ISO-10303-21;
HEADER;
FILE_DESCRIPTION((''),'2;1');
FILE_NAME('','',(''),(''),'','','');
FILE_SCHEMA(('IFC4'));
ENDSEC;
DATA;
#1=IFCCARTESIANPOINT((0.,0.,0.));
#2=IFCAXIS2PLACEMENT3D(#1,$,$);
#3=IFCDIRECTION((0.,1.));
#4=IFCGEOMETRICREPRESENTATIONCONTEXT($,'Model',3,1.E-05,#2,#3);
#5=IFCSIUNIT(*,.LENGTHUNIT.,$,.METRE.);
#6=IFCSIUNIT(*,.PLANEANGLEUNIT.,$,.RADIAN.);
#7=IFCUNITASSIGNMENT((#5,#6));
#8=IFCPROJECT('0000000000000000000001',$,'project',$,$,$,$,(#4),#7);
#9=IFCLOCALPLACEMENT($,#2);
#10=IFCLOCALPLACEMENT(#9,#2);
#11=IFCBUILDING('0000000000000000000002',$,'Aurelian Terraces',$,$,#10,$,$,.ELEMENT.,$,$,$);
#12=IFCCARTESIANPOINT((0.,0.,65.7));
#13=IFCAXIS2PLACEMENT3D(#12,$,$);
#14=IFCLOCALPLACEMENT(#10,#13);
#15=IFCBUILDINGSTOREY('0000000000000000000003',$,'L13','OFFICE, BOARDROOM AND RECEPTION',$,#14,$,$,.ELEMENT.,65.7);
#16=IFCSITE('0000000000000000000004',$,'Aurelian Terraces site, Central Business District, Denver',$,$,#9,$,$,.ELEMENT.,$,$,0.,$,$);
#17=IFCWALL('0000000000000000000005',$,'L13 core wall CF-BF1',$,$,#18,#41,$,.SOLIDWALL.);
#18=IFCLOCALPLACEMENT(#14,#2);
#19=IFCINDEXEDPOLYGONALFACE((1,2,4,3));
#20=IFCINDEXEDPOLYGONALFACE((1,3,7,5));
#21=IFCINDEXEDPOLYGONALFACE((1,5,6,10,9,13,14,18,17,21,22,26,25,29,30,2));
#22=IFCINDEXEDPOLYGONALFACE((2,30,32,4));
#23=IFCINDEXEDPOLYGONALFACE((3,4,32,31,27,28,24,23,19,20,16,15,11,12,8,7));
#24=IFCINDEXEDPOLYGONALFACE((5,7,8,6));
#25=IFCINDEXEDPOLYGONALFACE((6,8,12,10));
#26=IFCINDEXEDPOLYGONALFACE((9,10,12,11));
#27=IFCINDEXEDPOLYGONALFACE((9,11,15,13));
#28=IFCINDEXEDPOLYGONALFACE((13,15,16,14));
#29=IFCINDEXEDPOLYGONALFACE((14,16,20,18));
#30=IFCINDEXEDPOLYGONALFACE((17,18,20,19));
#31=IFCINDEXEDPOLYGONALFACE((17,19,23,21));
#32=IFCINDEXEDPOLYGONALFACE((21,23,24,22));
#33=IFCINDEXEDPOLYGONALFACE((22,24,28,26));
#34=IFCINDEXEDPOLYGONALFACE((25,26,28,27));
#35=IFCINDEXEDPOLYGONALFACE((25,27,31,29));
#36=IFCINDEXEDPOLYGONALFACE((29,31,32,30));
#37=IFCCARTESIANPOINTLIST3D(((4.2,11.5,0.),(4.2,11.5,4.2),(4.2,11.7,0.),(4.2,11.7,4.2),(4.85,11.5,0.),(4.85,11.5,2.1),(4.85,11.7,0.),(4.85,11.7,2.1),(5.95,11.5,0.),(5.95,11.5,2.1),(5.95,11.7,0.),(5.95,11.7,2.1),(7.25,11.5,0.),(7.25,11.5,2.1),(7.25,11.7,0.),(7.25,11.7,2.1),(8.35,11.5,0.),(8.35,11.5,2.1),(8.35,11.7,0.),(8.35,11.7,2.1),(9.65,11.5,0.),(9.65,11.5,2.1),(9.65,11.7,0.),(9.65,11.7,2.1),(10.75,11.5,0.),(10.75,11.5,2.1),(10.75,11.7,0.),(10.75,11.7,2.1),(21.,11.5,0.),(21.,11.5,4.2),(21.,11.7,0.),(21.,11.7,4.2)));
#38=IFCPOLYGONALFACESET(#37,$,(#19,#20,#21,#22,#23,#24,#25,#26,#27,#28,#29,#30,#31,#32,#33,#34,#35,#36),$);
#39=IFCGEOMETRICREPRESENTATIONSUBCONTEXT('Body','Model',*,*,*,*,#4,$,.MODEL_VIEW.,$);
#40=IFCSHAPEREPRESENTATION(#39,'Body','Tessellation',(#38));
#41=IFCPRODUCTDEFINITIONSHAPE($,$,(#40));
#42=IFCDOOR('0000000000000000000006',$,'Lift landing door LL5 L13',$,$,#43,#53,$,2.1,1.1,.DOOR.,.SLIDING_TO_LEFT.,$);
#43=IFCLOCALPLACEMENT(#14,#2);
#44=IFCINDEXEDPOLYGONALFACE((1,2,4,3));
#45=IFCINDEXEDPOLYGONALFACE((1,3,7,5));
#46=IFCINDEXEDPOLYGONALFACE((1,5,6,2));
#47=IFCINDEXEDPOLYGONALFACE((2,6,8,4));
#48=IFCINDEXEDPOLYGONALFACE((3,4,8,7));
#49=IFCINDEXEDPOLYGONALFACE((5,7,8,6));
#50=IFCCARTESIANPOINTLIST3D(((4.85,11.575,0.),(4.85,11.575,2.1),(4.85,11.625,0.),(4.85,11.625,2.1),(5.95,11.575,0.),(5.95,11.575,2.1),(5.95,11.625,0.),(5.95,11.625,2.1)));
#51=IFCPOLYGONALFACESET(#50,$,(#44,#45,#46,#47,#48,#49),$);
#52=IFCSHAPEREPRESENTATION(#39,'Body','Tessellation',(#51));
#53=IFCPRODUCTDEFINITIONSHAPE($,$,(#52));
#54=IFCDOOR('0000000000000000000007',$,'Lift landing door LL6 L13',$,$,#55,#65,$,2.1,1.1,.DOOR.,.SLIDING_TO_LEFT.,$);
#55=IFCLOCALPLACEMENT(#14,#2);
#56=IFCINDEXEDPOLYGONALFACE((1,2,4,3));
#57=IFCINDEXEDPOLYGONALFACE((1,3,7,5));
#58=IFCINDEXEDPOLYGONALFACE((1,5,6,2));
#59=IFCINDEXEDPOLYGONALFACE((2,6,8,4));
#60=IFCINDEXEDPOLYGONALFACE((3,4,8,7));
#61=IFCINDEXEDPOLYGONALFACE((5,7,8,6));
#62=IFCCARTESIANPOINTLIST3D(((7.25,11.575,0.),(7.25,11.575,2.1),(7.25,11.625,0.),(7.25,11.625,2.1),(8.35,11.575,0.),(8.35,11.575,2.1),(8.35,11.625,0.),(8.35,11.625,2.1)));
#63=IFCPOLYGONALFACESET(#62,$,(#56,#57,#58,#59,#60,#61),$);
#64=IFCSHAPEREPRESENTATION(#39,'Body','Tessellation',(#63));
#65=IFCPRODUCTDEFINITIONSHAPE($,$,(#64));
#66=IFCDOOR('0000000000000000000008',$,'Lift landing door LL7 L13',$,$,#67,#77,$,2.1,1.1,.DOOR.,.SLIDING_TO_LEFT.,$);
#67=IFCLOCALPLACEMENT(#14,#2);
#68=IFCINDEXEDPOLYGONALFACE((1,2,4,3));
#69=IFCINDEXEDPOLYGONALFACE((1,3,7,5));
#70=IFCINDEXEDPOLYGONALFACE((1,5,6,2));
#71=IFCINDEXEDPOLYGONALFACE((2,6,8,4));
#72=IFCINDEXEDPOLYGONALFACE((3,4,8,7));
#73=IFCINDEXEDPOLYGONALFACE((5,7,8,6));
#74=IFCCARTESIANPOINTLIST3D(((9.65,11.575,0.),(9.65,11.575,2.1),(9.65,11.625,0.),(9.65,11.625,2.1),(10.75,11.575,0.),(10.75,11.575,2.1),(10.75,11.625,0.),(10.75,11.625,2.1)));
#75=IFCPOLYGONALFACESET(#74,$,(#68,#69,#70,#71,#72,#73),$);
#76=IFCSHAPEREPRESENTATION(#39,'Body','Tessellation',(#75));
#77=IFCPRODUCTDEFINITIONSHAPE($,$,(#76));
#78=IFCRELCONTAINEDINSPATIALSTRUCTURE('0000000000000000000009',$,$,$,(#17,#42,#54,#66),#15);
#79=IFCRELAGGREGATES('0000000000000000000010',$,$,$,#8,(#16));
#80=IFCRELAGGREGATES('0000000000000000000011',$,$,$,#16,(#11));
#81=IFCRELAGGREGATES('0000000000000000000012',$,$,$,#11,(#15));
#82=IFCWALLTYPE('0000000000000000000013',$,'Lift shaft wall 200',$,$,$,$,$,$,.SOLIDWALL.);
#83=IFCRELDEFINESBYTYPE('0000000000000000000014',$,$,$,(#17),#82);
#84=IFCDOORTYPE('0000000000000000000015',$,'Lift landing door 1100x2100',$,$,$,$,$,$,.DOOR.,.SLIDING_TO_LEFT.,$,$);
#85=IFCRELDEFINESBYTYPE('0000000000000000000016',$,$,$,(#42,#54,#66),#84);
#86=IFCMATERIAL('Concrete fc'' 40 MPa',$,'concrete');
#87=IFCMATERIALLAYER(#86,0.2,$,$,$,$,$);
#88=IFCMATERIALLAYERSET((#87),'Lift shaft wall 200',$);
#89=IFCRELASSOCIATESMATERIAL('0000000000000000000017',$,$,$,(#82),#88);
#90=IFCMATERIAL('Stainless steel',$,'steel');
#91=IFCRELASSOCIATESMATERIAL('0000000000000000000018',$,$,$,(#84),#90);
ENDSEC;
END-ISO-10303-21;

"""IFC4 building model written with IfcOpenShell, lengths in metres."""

from ifc_helpers import new_model, si_unit, direction, frame, frame_2d, origin, place, context, subcontext, project, spatial, rectangle, extrude, source, transform, mapped, material, layer, layer_set, type_object, element, fill, save


model = new_model("IFC4")

# Units and contexts
model_context = context("Model", 3, precision=1e-05, world=origin(), true_north=direction((0.0, 1.0)))
body_context = subcontext(model_context, "Body", "Model", "MODEL_VIEW")
ifc_project = project(units=[si_unit("LENGTHUNIT", "METRE"), si_unit("PLANEANGLEUNIT", "RADIAN")], contexts=[model_context])

# Site, building, storey
site_placement = place(None, origin())
site = spatial("IfcSite", under=ifc_project, at=site_placement, Name="Aurelian Terraces site, Central Business District, Denver", CompositionType="ELEMENT", RefElevation=0.0)
building_placement = place(site_placement, origin())
building = spatial("IfcBuilding", under=site, at=building_placement, Name="Aurelian Terraces", CompositionType="ELEMENT")
storey_placement = place(building_placement, frame((0.0, 0.0, 65.7)))
storey = spatial("IfcBuildingStorey", under=building, at=storey_placement, Name="L13", Description="OFFICE, BOARDROOM AND RECEPTION", CompositionType="ELEMENT", Elevation=65.7)

# Shared definitions
ifc_material_1 = material(Name="Concrete fc' 40 MPa", Category="concrete")
ifc_layer_1 = layer(ifc_material_1, 0.2)
ifc_layer_set_1 = layer_set([ifc_layer_1], Name="Lift shaft wall 200")
wall_type_1 = type_object("IfcWallType", Name="Lift shaft wall 200", PredefinedType="SOLIDWALL", material=ifc_layer_set_1)

# Wall, openings, doors
shared_shape_1 = source(origin(), body_context, "Body", "SweptSolid", [
    extrude(rectangle(XDim=16.8, YDim=0.2, at=frame_2d((8.4, 0.0))), origin(), (0.0, 0.0, 1.0), 4.2),
])
shared_shape_2 = source(origin(), body_context, "Body", "SweptSolid", [
    extrude(rectangle(XDim=1.1, YDim=2.1, at=frame_2d((0.55, 1.05))), frame((0.0, 0.11, 0.0), z_axis=(0.0, -1.0, 0.0), x_axis=(1.0, 0.0, 0.0)), (0.0, 0.0, 1.0), 0.22),
])
ifc_material_2 = material(Name="Stainless steel", Category="steel")
door_type_1 = type_object("IfcDoorType", Name="Lift landing door 1100x2100", OperationType="SLIDING_TO_LEFT", PredefinedType="DOOR", material=ifc_material_2)
shared_shape_3 = source(origin(), body_context, "Body", "SweptSolid", [
    extrude(rectangle(XDim=1.1, YDim=2.1, at=frame_2d((0.55, 1.05))), frame((0.0, 0.025, 0.0), z_axis=(0.0, -1.0, 0.0), x_axis=(1.0, 0.0, 0.0)), (0.0, 0.0, 1.0), 0.05),
])
wall_1_placement = place(storey_placement, frame((4.2, 11.6, 0.0), z_axis=(0.0, 0.0, 1.0), x_axis=(1.0, 0.0, 0.0)))
wall_1 = element("IfcWall", 1, at=wall_1_placement, inside=storey, type_object=wall_type_1, Name="L13 core wall CF-BF1", PredefinedType="SOLIDWALL", context=body_context, shape_type="MappedRepresentation", body=[
    mapped(shared_shape_1, transform((0.0, 0.0, 0.0), scale=1.0)),
])
opening_1_placement = place(wall_1_placement, frame((0.65, 0.0, 0.0)))
opening_1 = element("IfcOpeningElement", 2, at=opening_1_placement, cuts=wall_1, PredefinedType="OPENING", context=body_context, shape_type="MappedRepresentation", body=[
    mapped(shared_shape_2, transform((0.0, 0.0, 0.0), scale=1.0)),
])
opening_2_placement = place(wall_1_placement, frame((3.05, 0.0, 0.0)))
opening_2 = element("IfcOpeningElement", 3, at=opening_2_placement, cuts=wall_1, PredefinedType="OPENING", context=body_context, shape_type="MappedRepresentation", body=[
    mapped(shared_shape_2, transform((0.0, 0.0, 0.0), scale=1.0)),
])
opening_3_placement = place(wall_1_placement, frame((5.45, 0.0, 0.0)))
opening_3 = element("IfcOpeningElement", 4, at=opening_3_placement, cuts=wall_1, PredefinedType="OPENING", context=body_context, shape_type="MappedRepresentation", body=[
    mapped(shared_shape_2, transform((0.0, 0.0, 0.0), scale=1.0)),
])
door_1_placement = place(opening_1_placement, origin())
door_1 = element("IfcDoor", 5, at=door_1_placement, inside=storey, type_object=door_type_1, Name="Lift landing door LL5 L13", OperationType="SLIDING_TO_LEFT", OverallHeight=2.1, OverallWidth=1.1, PredefinedType="DOOR", context=body_context, shape_type="MappedRepresentation", body=[
    mapped(shared_shape_3, transform((0.0, 0.0, 0.0), scale=1.0)),
])
fill(opening_1, door_1)
door_2_placement = place(opening_2_placement, origin())
door_2 = element("IfcDoor", 6, at=door_2_placement, inside=storey, type_object=door_type_1, Name="Lift landing door LL6 L13", OperationType="SLIDING_TO_LEFT", OverallHeight=2.1, OverallWidth=1.1, PredefinedType="DOOR", context=body_context, shape_type="MappedRepresentation", body=[
    mapped(shared_shape_3, transform((0.0, 0.0, 0.0), scale=1.0)),
])
fill(opening_2, door_2)
door_3_placement = place(opening_3_placement, origin())
door_3 = element("IfcDoor", 7, at=door_3_placement, inside=storey, type_object=door_type_1, Name="Lift landing door LL7 L13", OperationType="SLIDING_TO_LEFT", OverallHeight=2.1, OverallWidth=1.1, PredefinedType="DOOR", context=body_context, shape_type="MappedRepresentation", body=[
    mapped(shared_shape_3, transform((0.0, 0.0, 0.0), scale=1.0)),
])
fill(opening_3, door_3)

save(model, "model.ifc")
